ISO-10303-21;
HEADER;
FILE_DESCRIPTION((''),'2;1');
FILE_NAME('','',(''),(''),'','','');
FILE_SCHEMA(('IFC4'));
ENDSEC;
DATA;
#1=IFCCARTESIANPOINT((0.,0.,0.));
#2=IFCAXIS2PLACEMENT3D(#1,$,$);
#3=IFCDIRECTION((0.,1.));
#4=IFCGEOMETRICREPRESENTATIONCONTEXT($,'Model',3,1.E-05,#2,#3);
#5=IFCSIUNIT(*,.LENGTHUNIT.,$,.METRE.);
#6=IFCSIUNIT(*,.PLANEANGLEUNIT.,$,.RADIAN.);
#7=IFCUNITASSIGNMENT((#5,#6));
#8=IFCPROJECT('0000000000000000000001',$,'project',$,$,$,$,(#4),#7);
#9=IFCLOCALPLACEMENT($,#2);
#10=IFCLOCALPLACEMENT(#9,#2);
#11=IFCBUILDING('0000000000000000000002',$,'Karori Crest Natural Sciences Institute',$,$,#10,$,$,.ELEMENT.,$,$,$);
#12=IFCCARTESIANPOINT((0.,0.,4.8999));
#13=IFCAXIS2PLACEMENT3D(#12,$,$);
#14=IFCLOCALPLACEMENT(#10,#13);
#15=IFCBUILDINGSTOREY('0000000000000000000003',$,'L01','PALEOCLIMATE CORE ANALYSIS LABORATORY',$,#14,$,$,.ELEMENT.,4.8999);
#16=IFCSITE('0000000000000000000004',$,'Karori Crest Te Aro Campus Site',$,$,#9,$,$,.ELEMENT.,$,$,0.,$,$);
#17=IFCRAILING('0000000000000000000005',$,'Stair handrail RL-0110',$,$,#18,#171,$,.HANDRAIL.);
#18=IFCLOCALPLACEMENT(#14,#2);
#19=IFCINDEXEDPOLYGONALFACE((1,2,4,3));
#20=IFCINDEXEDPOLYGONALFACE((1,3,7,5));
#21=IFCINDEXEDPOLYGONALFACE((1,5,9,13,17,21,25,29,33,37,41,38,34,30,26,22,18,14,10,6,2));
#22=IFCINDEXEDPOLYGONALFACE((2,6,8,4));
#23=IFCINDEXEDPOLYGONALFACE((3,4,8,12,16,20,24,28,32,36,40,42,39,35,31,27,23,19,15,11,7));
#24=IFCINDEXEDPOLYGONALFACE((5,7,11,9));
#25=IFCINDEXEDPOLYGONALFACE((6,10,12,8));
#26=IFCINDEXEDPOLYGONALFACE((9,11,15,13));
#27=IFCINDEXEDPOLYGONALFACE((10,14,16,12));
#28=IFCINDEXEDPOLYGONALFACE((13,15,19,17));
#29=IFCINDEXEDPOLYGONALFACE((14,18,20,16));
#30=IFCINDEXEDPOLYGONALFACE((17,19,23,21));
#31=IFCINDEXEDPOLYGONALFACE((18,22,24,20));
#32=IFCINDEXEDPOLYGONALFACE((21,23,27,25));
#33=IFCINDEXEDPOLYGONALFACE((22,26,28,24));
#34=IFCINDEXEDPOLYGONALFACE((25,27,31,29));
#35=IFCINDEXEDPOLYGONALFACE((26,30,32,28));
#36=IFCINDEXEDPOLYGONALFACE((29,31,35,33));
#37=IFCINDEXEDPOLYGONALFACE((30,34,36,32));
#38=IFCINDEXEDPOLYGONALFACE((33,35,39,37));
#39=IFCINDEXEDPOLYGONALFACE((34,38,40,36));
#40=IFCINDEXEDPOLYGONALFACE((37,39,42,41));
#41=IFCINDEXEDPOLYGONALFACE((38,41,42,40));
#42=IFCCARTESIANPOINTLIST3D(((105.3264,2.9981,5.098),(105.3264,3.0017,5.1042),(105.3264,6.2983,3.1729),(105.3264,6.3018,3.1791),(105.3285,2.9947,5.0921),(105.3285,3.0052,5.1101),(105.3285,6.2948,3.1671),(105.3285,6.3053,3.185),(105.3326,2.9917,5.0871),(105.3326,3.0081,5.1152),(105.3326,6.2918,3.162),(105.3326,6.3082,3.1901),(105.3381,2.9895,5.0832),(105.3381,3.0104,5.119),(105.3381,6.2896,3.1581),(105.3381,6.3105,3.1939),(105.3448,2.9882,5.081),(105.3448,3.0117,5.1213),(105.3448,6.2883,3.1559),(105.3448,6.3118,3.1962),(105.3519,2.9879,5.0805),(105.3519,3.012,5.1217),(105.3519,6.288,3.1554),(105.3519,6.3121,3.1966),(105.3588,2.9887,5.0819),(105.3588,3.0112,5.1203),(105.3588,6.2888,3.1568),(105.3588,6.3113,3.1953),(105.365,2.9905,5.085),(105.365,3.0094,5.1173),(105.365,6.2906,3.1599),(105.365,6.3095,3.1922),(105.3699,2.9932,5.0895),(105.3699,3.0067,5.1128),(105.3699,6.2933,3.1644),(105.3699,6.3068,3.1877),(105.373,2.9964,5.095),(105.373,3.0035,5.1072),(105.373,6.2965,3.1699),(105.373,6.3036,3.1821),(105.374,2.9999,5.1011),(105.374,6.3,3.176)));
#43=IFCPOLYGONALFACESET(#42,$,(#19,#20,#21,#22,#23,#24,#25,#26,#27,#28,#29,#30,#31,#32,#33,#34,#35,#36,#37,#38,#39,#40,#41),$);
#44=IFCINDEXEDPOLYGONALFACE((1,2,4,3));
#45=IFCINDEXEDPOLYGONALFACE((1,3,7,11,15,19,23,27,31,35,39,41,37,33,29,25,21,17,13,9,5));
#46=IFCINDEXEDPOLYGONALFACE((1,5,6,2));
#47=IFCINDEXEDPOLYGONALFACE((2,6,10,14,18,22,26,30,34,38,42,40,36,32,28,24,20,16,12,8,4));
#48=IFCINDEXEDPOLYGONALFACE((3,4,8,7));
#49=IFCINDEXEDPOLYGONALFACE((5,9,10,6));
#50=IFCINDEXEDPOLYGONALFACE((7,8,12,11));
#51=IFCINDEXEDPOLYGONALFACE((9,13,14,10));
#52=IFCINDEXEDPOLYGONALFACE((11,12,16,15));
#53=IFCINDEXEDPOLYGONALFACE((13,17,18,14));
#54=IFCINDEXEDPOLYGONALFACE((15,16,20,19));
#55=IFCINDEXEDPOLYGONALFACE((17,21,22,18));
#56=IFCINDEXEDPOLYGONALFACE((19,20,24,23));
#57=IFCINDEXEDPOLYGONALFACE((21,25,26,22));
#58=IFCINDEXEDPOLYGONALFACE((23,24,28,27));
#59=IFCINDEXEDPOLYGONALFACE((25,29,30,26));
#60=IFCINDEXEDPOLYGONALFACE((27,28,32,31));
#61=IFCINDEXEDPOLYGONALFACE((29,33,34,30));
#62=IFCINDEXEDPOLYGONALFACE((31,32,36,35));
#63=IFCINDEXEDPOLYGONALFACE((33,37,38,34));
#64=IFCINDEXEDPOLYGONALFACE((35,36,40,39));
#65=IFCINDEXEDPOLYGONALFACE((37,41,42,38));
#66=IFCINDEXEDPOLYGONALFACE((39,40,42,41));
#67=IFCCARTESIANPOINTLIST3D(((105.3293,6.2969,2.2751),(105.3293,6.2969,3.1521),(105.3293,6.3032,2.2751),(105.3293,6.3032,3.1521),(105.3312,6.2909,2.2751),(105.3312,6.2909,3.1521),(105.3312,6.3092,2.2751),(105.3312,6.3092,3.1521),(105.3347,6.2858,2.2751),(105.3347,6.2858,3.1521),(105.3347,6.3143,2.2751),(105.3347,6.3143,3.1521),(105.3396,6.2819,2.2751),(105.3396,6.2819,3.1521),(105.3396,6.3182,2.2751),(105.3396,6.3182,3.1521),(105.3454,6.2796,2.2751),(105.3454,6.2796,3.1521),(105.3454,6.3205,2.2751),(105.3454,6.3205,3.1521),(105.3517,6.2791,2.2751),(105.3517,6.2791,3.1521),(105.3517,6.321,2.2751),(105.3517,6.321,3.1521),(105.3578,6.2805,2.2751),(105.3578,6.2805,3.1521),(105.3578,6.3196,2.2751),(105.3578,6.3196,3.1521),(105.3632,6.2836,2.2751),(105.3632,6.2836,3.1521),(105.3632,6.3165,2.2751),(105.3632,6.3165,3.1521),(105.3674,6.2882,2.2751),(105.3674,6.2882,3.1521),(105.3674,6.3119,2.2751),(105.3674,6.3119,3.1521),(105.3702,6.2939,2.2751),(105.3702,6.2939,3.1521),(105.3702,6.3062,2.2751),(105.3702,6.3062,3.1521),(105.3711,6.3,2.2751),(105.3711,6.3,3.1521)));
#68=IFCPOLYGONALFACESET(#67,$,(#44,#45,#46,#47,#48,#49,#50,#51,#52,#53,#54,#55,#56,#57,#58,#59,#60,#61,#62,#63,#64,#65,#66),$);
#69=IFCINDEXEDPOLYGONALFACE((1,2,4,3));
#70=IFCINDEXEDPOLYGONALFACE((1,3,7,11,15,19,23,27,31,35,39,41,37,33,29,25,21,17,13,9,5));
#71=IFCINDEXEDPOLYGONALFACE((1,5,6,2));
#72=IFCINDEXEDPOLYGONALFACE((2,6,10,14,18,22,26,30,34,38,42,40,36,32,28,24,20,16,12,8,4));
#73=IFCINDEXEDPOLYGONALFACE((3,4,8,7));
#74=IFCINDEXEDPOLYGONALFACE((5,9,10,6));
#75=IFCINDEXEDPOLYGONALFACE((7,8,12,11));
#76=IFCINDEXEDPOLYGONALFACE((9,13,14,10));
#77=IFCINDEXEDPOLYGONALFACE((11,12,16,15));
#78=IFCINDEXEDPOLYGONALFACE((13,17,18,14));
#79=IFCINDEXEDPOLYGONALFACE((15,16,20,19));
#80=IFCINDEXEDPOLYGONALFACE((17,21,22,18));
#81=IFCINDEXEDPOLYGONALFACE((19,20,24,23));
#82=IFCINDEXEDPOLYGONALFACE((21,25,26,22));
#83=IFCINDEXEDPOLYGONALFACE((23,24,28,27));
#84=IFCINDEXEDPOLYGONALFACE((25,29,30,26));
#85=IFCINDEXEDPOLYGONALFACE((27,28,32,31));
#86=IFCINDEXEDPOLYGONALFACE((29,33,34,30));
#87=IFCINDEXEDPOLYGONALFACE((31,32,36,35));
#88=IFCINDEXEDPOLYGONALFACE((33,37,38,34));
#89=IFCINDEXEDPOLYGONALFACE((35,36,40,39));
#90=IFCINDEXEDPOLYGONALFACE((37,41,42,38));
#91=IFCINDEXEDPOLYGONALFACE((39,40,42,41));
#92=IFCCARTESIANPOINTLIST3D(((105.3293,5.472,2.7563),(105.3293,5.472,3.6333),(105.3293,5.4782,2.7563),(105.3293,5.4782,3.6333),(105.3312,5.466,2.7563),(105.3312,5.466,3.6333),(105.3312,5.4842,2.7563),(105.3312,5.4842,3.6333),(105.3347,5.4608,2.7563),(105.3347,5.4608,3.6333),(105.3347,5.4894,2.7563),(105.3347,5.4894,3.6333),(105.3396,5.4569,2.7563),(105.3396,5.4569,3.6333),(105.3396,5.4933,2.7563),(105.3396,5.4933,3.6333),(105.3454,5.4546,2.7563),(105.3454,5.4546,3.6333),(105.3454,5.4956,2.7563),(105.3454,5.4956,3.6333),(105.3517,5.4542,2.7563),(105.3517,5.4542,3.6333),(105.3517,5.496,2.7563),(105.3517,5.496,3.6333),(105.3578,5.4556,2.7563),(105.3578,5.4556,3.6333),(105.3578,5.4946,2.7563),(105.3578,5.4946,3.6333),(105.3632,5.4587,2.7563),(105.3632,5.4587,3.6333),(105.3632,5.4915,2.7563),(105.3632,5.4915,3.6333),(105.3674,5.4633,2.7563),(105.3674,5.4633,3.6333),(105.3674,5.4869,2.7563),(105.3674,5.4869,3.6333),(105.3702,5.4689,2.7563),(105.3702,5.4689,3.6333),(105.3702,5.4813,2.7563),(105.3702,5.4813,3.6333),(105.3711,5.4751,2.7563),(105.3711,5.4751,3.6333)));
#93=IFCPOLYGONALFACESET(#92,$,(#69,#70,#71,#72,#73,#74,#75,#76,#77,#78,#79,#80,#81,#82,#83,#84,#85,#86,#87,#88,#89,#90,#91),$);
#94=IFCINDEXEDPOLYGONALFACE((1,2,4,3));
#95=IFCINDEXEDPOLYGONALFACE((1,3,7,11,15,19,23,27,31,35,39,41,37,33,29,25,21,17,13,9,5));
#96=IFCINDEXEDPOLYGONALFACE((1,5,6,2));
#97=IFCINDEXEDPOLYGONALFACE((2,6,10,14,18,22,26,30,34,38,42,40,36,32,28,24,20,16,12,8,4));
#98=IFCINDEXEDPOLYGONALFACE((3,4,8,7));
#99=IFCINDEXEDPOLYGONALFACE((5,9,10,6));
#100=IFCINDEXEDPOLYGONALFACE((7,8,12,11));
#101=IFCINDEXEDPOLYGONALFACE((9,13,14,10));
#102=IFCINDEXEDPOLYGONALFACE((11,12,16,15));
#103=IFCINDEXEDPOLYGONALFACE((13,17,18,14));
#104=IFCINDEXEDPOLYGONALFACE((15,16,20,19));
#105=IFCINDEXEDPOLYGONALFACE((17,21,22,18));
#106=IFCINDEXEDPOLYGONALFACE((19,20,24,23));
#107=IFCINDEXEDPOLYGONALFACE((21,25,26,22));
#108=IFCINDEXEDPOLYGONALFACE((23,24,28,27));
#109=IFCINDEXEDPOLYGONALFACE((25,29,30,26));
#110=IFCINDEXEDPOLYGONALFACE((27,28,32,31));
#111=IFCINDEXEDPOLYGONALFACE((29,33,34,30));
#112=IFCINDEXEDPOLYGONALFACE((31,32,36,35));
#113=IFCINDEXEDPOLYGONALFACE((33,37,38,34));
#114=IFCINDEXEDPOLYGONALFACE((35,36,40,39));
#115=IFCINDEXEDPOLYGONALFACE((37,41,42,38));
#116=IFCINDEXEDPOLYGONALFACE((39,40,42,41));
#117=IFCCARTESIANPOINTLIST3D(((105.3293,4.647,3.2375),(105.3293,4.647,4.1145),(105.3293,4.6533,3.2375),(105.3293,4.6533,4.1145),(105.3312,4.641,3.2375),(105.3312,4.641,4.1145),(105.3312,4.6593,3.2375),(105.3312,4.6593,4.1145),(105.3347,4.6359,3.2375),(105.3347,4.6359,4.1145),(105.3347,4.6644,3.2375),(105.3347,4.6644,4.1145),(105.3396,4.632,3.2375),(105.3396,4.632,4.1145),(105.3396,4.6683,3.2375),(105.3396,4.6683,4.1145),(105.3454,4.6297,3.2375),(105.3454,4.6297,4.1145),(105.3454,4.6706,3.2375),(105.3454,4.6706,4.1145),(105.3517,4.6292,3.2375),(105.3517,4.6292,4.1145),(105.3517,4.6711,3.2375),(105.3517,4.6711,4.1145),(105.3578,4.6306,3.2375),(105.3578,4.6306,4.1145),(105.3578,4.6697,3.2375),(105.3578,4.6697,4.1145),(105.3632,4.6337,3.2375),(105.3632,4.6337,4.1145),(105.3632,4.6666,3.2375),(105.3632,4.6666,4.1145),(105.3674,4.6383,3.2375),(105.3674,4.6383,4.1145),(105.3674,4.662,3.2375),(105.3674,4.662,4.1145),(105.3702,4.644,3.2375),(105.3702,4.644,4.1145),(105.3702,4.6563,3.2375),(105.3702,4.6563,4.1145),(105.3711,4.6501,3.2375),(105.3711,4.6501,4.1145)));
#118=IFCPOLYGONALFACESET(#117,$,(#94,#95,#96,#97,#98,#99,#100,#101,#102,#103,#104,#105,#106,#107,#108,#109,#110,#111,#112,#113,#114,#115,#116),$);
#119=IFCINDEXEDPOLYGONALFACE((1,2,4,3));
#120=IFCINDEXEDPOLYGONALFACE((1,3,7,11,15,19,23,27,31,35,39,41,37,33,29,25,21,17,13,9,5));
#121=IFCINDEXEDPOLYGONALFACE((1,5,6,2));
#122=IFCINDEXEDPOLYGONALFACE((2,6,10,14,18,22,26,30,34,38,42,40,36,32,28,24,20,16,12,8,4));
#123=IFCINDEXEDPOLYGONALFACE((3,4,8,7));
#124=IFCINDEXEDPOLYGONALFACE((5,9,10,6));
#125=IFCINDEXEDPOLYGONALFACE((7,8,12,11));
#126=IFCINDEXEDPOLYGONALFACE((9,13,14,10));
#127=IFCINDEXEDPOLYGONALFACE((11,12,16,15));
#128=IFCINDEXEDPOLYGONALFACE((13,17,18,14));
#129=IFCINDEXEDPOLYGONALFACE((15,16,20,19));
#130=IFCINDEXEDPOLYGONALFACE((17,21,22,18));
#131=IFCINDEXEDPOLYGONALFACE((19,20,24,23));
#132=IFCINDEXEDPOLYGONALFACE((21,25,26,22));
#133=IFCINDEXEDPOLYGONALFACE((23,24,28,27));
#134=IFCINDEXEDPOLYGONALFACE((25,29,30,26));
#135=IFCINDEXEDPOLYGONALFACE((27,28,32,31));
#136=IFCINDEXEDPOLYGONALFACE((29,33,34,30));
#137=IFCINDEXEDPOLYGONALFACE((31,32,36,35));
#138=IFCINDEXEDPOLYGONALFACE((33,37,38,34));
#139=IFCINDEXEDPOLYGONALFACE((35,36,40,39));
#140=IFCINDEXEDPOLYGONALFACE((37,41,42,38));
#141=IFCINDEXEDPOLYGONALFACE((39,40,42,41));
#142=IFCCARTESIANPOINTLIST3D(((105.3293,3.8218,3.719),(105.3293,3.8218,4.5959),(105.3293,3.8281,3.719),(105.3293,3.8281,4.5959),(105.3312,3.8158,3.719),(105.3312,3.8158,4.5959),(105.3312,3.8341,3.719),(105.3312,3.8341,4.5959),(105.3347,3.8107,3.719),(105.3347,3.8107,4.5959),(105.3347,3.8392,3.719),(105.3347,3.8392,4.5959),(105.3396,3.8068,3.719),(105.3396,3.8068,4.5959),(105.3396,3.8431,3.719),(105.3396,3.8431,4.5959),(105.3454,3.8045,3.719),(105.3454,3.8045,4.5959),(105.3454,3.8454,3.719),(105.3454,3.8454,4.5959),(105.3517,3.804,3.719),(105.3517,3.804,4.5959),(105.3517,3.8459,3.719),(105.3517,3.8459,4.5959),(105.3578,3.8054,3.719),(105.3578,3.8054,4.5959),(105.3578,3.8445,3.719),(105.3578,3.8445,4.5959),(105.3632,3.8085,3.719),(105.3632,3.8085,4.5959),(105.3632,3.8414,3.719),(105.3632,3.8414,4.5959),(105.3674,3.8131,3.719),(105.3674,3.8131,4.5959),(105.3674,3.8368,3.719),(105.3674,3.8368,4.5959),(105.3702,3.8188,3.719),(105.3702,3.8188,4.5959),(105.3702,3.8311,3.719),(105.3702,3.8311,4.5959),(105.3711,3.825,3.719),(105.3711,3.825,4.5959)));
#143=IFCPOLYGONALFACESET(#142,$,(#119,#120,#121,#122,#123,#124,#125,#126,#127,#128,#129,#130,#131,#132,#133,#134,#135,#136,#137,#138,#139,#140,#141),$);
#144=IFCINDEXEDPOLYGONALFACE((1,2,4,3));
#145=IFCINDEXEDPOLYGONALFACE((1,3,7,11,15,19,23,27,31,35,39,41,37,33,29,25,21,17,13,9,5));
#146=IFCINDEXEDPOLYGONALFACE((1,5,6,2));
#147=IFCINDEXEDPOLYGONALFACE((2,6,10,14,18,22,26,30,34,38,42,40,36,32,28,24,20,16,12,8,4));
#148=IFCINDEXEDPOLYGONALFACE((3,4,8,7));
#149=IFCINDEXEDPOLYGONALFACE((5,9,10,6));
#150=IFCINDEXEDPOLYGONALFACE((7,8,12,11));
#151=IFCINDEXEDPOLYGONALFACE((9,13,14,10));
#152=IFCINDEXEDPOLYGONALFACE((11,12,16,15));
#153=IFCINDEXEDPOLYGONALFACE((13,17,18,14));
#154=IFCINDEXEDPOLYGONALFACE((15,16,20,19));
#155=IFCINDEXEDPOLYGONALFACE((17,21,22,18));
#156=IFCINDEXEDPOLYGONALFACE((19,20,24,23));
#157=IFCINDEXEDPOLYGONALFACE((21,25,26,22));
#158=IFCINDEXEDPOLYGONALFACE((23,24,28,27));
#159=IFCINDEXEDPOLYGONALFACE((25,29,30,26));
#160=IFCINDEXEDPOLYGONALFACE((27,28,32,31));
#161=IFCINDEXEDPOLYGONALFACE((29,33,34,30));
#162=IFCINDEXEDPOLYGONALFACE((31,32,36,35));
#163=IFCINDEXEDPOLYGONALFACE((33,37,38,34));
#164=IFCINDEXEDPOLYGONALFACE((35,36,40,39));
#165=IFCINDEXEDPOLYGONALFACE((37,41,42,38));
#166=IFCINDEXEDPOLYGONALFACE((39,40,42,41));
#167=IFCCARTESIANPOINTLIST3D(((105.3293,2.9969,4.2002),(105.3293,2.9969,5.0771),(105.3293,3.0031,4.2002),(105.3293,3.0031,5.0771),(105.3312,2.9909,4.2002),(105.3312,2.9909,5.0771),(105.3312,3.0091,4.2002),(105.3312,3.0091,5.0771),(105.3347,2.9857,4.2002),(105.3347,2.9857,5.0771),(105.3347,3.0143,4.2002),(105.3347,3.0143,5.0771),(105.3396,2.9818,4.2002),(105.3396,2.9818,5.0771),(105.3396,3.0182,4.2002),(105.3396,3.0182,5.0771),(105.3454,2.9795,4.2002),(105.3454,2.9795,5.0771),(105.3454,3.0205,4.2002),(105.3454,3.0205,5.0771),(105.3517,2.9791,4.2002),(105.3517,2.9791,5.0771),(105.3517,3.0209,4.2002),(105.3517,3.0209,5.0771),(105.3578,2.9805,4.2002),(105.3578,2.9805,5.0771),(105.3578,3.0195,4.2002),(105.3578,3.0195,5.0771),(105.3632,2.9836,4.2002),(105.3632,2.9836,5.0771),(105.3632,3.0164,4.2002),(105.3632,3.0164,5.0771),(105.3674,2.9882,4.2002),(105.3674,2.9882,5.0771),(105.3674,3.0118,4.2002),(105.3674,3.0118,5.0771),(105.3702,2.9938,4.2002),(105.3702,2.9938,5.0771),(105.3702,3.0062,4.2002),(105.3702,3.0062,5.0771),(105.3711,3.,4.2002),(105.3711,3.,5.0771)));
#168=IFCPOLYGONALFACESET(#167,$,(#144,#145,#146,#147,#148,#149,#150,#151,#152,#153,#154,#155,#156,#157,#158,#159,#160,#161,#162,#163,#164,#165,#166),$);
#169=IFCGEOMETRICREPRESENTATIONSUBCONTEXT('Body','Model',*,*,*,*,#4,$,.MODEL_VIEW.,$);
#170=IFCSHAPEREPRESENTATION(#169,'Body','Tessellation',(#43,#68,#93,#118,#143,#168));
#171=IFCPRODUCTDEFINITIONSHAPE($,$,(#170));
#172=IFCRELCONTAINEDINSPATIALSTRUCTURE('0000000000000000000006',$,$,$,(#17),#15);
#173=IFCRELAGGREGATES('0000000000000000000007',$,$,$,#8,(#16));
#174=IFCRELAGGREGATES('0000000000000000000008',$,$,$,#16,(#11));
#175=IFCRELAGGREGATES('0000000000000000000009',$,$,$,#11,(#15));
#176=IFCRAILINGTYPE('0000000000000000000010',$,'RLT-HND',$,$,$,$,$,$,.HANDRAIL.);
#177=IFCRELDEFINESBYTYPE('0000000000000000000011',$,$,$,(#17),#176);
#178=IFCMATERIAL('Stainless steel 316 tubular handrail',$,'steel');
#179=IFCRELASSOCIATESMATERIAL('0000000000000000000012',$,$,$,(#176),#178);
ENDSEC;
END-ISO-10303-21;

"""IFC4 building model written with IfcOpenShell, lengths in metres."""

from ifc_helpers import new_model, si_unit, direction, frame, origin, origin_2d, place, context, subcontext, project, spatial, circle, extrude, material, type_object, element, save


model = new_model("IFC4")

# Units and contexts
model_context = context("Model", 3, precision=1e-05, world=origin(), true_north=direction((0.0, 1.0)))
body_context = subcontext(model_context, "Body", "Model", "MODEL_VIEW")
ifc_project = project(units=[si_unit("LENGTHUNIT", "METRE"), si_unit("PLANEANGLEUNIT", "RADIAN")], contexts=[model_context])

# Site, building, storey
site_placement = place(None, origin())
site = spatial("IfcSite", under=ifc_project, at=site_placement, Name="Karori Crest Te Aro Campus Site", CompositionType="ELEMENT", RefElevation=0.0)
building_placement = place(site_placement, origin())
building = spatial("IfcBuilding", under=site, at=building_placement, Name="Karori Crest Natural Sciences Institute", CompositionType="ELEMENT")
storey_placement = place(building_placement, frame((0.0, 0.0, 4.8999)))
storey = spatial("IfcBuildingStorey", under=building, at=storey_placement, Name="L01", Description="PALEOCLIMATE CORE ANALYSIS LABORATORY", CompositionType="ELEMENT", Elevation=4.8999)

# Railing
ifc_material_1 = material(Name="Stainless steel 316 tubular handrail", Category="steel")
railing_type_1 = type_object("IfcRailingType", Name="RLT-HND", PredefinedType="HANDRAIL", material=ifc_material_1)
railing_1_placement = place(storey_placement, frame((105.3501, 6.3, 2.2751)))
element("IfcRailing", 1, at=railing_1_placement, inside=storey, type_object=railing_type_1, Name="Stair handrail RL-0110", PredefinedType="HANDRAIL", context=body_context, shape_type="SweptSolid", body=[
    extrude(circle(Radius=0.0239, at=origin_2d()), frame((0.0, 0.0, 0.9009), z_axis=(0.0, -0.863777, 0.503875), x_axis=(1.0, 0.0, 0.0)), (0.0, 0.0, 1.0), 3.8206),
    extrude(circle(Radius=0.021, at=origin_2d()), origin(), (0.0, 0.0, 1.0), 0.877),
    extrude(circle(Radius=0.021, at=origin_2d()), frame((0.0, -0.825, 0.4812)), (0.0, 0.0, 1.0), 0.877),
    extrude(circle(Radius=0.021, at=origin_2d()), frame((0.0, -1.6499, 0.9624)), (0.0, 0.0, 1.0), 0.877),
    extrude(circle(Radius=0.021, at=origin_2d()), frame((0.0, -2.4751, 1.4438)), (0.0, 0.0, 1.0), 0.877),
    extrude(circle(Radius=0.021, at=origin_2d()), frame((0.0, -3.3, 1.925)), (0.0, 0.0, 1.0), 0.877),
])

save(model, "model.ifc")
